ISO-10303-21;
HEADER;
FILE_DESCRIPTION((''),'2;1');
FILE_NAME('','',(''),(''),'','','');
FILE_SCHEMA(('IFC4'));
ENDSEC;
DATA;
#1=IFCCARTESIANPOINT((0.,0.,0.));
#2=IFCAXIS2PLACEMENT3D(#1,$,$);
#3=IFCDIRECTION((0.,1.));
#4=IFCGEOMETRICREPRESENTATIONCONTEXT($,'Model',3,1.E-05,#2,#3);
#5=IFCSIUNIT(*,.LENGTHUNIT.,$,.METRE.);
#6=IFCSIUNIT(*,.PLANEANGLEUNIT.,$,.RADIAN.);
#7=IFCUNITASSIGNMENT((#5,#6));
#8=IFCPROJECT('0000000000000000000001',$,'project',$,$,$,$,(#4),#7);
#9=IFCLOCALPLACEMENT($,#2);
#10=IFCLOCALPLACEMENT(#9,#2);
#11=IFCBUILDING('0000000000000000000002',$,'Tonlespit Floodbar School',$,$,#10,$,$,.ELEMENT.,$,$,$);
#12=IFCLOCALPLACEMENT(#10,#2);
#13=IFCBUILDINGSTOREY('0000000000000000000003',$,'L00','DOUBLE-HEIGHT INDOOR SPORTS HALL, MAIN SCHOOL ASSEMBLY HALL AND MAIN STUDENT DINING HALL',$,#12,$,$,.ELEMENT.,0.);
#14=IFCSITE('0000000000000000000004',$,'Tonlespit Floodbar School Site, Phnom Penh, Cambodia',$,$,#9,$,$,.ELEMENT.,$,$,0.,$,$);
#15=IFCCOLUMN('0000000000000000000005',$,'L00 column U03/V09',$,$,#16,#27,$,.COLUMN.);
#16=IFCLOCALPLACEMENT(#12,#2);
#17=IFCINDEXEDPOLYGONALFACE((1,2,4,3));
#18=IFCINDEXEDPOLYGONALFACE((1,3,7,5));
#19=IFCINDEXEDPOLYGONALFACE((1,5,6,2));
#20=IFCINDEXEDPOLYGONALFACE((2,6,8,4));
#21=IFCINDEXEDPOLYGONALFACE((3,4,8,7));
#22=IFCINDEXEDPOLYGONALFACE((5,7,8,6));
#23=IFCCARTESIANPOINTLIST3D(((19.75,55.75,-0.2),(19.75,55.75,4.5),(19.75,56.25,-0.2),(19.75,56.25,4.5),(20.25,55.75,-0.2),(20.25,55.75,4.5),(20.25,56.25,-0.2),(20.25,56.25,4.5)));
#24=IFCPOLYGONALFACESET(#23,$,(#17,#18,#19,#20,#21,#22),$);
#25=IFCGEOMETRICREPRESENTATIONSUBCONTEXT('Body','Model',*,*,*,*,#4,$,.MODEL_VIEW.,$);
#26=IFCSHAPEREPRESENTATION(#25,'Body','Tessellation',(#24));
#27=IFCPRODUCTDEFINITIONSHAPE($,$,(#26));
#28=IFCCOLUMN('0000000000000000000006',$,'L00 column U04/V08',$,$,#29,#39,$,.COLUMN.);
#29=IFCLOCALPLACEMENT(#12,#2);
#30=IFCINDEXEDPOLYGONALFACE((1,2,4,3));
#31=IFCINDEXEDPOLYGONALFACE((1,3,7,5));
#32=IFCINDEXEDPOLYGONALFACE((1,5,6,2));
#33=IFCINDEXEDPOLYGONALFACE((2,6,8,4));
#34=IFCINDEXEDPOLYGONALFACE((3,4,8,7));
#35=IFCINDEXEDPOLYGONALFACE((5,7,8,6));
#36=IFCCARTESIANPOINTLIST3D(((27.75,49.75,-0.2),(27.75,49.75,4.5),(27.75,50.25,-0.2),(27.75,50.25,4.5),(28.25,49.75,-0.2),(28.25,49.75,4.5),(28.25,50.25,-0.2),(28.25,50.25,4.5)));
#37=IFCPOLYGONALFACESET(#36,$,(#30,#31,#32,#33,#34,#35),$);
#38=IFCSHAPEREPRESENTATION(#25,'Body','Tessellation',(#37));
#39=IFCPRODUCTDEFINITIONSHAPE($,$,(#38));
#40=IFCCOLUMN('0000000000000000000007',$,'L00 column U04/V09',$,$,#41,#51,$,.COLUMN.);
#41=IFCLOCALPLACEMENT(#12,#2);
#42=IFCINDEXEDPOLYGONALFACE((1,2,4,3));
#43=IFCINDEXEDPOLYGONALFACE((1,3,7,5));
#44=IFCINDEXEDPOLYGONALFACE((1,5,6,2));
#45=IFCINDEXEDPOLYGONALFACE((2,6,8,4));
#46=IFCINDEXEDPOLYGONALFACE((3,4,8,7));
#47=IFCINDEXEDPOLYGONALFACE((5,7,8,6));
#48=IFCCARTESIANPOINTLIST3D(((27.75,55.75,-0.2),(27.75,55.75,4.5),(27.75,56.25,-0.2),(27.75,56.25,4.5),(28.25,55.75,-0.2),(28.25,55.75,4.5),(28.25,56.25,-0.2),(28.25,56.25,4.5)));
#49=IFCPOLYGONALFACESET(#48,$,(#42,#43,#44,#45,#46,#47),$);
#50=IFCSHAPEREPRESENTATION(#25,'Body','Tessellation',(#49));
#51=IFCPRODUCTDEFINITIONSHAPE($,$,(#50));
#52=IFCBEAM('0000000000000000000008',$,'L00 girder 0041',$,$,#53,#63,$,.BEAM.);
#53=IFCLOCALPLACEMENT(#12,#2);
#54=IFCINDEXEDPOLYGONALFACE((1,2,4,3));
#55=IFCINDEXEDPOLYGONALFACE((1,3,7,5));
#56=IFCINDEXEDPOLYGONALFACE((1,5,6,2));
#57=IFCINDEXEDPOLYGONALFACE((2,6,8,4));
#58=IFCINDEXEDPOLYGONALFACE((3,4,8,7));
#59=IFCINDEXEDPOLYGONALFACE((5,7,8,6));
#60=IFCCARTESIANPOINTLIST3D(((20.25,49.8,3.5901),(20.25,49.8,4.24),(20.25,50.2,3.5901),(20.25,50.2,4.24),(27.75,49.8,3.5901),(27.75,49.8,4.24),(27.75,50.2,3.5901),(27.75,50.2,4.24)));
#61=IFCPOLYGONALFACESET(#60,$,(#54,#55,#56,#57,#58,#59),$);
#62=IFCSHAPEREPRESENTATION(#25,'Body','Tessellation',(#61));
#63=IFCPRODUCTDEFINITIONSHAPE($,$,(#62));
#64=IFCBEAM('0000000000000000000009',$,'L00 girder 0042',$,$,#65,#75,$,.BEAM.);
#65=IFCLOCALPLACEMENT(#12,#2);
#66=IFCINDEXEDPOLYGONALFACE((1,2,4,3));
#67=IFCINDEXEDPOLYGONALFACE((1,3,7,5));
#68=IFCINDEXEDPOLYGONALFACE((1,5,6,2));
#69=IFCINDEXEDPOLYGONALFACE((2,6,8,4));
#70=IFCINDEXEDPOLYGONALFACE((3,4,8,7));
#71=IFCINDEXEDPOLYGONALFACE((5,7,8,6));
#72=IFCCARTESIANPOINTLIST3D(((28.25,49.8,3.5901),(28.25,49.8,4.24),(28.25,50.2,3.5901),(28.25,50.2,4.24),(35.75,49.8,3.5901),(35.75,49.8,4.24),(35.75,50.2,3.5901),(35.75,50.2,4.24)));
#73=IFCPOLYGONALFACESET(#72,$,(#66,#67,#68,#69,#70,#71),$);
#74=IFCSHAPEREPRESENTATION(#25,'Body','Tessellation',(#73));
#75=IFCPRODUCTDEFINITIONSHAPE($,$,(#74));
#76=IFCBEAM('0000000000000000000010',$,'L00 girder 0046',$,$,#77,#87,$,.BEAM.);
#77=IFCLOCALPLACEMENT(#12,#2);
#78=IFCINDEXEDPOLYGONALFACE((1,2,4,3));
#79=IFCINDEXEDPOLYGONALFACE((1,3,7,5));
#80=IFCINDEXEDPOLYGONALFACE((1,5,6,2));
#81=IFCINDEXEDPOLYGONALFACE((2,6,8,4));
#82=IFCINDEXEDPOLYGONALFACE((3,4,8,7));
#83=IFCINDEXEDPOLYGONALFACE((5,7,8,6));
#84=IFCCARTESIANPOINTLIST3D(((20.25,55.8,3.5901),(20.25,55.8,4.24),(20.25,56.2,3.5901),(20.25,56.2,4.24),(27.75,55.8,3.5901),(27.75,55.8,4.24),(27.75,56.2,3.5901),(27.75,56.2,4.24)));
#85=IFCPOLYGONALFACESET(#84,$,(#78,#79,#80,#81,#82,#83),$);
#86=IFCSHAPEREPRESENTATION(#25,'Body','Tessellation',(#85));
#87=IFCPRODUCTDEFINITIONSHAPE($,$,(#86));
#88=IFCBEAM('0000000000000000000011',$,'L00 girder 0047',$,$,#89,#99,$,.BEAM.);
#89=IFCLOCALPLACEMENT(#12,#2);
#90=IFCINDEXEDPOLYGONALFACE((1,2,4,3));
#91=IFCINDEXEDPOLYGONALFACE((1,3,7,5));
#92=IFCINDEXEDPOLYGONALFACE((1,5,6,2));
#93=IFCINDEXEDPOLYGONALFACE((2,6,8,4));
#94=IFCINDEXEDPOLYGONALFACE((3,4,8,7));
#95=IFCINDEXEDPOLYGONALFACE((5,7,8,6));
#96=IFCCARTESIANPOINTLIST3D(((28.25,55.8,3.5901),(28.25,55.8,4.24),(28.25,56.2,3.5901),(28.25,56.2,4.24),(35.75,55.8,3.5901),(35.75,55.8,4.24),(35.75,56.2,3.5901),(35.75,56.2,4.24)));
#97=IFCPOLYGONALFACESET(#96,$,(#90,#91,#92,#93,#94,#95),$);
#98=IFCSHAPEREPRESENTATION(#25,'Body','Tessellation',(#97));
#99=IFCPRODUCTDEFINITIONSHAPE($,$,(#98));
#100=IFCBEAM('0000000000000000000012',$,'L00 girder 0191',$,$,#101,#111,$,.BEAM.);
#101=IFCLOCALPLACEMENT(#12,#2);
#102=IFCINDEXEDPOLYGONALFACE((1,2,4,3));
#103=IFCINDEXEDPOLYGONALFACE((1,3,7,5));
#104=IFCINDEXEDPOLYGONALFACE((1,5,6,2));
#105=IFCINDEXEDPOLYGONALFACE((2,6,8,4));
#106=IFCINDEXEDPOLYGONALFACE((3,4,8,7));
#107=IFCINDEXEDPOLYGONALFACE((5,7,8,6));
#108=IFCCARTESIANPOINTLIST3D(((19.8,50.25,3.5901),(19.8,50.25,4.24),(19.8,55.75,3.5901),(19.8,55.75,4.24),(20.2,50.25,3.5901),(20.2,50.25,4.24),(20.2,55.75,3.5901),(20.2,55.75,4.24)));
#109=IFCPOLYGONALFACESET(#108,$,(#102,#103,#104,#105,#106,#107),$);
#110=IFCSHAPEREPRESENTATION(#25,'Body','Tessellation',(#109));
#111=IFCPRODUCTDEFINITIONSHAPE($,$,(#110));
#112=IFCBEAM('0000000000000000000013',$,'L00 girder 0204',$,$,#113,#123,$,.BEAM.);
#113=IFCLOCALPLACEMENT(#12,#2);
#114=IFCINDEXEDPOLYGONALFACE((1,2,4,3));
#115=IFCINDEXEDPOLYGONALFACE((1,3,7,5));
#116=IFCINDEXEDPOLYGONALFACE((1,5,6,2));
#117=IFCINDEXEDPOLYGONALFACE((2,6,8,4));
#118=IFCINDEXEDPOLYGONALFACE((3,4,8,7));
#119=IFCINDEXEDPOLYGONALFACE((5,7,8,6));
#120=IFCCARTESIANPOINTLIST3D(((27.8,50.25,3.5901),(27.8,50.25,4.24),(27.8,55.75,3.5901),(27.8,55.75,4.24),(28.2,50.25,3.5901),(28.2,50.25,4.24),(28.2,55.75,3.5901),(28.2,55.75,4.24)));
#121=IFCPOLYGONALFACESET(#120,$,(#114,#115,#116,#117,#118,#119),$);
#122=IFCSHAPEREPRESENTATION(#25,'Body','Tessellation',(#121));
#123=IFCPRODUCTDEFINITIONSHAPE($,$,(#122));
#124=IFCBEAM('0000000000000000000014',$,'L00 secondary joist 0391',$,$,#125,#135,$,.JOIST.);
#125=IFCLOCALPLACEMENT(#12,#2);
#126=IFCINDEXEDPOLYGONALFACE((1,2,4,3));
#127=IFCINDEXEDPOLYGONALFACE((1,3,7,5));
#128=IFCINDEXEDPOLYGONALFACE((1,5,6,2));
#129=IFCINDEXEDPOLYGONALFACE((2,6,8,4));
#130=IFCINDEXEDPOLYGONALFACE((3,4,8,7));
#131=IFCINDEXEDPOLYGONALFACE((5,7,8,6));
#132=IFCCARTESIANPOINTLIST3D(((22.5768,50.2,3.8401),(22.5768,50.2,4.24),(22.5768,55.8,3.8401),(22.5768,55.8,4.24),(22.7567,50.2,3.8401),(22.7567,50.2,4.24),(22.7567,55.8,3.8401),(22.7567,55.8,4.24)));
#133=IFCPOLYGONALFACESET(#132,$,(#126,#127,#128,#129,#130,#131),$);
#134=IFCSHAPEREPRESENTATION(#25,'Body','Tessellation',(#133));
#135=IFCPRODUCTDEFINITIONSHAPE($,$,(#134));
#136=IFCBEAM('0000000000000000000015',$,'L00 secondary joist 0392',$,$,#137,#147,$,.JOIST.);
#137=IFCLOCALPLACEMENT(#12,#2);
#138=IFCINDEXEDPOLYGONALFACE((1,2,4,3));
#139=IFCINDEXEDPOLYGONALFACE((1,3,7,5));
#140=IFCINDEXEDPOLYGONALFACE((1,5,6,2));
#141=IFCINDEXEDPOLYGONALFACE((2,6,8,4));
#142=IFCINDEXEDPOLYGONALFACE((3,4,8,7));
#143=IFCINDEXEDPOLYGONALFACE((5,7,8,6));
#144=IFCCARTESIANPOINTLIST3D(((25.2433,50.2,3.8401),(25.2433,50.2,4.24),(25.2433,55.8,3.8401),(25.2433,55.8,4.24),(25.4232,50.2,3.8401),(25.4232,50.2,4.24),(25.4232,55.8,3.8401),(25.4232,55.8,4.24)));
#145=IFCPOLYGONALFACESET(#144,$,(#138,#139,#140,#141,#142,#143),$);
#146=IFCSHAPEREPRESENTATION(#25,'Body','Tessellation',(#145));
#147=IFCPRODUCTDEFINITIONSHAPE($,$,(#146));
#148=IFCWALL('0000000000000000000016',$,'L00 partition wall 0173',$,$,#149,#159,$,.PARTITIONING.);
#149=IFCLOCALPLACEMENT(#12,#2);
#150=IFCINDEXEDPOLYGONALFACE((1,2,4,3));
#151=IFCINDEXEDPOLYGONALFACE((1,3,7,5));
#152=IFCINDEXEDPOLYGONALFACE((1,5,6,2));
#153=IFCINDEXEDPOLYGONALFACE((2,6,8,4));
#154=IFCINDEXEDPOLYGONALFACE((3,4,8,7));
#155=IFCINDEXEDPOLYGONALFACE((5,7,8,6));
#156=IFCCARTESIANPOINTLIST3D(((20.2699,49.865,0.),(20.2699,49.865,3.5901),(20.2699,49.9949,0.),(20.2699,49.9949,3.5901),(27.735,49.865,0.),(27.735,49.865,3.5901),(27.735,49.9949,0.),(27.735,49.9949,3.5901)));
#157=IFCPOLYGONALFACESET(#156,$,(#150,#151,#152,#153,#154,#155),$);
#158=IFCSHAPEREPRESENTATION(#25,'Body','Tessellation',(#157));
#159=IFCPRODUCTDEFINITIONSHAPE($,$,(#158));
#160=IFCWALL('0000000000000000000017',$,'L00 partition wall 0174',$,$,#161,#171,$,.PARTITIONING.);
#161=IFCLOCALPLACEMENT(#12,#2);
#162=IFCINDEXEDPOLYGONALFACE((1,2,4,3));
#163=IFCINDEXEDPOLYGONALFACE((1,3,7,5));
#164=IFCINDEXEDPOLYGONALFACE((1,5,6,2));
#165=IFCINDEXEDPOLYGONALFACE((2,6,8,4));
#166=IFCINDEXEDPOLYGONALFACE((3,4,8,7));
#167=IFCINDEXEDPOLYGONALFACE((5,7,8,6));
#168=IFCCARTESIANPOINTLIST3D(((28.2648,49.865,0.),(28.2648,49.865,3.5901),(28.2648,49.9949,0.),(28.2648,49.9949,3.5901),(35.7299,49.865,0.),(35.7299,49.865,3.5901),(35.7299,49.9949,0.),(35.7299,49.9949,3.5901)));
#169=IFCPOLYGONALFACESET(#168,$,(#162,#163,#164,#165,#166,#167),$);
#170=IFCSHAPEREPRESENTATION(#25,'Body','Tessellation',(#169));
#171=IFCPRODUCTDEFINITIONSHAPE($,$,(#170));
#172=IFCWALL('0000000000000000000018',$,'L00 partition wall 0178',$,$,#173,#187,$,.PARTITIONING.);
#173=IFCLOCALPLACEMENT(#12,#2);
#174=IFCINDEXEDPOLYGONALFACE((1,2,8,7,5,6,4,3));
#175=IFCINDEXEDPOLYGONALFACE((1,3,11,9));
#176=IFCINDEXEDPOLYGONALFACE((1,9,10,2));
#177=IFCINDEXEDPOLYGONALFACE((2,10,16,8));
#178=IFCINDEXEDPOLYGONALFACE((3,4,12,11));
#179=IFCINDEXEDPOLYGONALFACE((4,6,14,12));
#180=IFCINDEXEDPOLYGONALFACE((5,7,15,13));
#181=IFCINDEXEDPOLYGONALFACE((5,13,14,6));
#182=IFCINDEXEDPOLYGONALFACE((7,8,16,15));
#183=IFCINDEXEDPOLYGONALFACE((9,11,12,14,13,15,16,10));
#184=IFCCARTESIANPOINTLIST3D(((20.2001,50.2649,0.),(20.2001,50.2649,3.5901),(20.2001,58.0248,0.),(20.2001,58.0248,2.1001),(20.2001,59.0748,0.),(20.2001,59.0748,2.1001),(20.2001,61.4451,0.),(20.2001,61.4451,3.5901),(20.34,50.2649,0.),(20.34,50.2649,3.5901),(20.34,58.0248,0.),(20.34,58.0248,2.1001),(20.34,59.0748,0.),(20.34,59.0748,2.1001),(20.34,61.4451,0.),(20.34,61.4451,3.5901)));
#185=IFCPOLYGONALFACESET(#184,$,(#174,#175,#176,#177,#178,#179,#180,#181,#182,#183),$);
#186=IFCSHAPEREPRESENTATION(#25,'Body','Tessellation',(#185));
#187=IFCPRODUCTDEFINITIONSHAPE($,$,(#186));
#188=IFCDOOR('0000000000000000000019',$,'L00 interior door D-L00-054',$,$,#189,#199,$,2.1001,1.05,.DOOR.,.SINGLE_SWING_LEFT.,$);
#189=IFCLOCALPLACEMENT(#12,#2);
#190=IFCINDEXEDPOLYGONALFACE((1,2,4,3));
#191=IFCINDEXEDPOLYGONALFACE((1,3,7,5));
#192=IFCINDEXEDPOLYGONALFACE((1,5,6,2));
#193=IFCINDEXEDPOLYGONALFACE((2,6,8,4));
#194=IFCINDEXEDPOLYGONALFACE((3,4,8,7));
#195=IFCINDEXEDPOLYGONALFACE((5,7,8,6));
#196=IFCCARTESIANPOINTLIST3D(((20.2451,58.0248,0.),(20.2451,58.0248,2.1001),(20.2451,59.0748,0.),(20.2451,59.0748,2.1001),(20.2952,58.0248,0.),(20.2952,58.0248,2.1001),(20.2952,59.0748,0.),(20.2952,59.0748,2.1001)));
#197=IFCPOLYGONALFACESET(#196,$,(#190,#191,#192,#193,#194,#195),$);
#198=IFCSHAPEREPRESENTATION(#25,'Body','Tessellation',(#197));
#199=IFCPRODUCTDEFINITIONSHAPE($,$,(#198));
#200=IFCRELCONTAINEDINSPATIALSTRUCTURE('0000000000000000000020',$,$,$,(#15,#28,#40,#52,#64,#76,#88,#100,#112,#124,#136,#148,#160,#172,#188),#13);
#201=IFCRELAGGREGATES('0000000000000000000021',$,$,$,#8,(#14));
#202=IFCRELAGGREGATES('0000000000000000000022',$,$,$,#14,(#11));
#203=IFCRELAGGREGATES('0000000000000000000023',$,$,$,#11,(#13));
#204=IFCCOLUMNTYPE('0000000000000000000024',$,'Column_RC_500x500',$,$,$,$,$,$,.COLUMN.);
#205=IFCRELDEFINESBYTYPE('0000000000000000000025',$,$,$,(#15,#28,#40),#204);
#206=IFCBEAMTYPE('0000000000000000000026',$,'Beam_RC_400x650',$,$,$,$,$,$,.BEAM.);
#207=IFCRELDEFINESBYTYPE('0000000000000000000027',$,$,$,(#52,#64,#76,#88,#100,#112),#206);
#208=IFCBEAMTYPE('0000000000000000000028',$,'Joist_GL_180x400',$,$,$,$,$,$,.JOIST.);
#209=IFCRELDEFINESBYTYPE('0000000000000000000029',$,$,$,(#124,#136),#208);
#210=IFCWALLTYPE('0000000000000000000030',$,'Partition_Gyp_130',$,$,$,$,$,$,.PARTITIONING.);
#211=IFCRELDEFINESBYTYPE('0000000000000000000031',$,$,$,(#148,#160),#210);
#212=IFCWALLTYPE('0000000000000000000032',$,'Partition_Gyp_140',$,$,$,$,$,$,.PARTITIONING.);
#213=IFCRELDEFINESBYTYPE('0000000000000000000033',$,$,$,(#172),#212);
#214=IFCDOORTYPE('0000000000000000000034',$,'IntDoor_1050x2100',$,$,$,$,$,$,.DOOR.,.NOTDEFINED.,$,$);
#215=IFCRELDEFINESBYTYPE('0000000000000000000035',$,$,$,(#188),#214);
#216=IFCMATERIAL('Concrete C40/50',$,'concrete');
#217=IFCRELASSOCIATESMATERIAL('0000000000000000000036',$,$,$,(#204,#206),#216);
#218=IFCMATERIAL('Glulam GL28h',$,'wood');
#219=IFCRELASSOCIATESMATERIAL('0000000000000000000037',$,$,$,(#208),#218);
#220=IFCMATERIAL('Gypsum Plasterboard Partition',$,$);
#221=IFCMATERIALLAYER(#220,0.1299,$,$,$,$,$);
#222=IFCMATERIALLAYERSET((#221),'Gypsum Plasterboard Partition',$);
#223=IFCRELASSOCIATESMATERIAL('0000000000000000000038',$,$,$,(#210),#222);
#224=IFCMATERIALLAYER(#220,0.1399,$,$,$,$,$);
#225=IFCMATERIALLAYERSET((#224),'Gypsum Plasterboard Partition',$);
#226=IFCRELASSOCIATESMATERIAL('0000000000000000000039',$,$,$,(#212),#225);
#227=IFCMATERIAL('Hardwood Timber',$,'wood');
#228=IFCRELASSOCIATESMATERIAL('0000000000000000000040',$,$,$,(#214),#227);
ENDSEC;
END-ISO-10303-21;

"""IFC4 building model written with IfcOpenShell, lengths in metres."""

from ifc_helpers import new_model, si_unit, direction, frame, frame_2d, origin, origin_2d, place, context, subcontext, project, spatial, rectangle, extrude, material, layer, layer_set, material_profile, profile_set, type_object, element, fill, save


model = new_model("IFC4")

# Units and contexts
model_context = context("Model", 3, precision=1e-05, world=origin(), true_north=direction((0.0, 1.0)))
body_context = subcontext(model_context, "Body", "Model", "MODEL_VIEW")
ifc_project = project(units=[si_unit("LENGTHUNIT", "METRE"), si_unit("PLANEANGLEUNIT", "RADIAN")], contexts=[model_context])

# Site, building, storey
site_placement = place(None, origin())
site = spatial("IfcSite", under=ifc_project, at=site_placement, Name="Tonlespit Floodbar School Site, Phnom Penh, Cambodia", CompositionType="ELEMENT", RefElevation=0.0)
building_placement = place(site_placement, origin())
building = spatial("IfcBuilding", under=site, at=building_placement, Name="Tonlespit Floodbar School", CompositionType="ELEMENT")
storey_placement = place(building_placement, origin())
storey = spatial("IfcBuildingStorey", under=building, at=storey_placement, Name="L00", Description="DOUBLE-HEIGHT INDOOR SPORTS HALL, MAIN SCHOOL ASSEMBLY HALL AND MAIN STUDENT DINING HALL", CompositionType="ELEMENT", Elevation=0.0)

# Shared definitions
ifc_material_1 = material(Name="Concrete C40/50", Category="concrete")

# Columns
ifc_material_profile_1 = material_profile(ifc_material_1, rectangle(XDim=0.5, YDim=0.5, at=origin_2d()), Name="RC 500x500")
ifc_profile_set_1 = profile_set([ifc_material_profile_1], Name="Concrete C40/50")
column_type = type_object("IfcColumnType", Name="Column_RC_500x500", PredefinedType="COLUMN", material=ifc_profile_set_1)
for number, where, z_axis, x_axis, name in (
    (1, (20.0, 56.0, -0.2), (0.0, 0.0, 1.0), (1.0, 0.0, 0.0), "L00 column U03/V09"),
    (2, (28.0, 50.0, -0.2), (0.0, 0.0, 1.0), (1.0, 0.0, 0.0), "L00 column U04/V08"),
    (3, (28.0, 56.0, -0.2), (0.0, 0.0, 1.0), (1.0, 0.0, 0.0), "L00 column U04/V09"),
):
    element("IfcColumn", number, at=place(storey_placement, frame(where, z_axis=z_axis, x_axis=x_axis)), inside=storey, type_object=column_type, Name=name, PredefinedType="COLUMN", context=body_context, shape_type="SweptSolid", body=[
        extrude(rectangle(XDim=0.5, YDim=0.5, at=origin_2d()), origin(), (0.0, 0.0, 1.0), 4.7),
    ])

# Beams
ifc_material_profile_2 = material_profile(ifc_material_1, rectangle(XDim=0.3999, YDim=0.6499, at=origin_2d()), Name="RC 400x650")
ifc_profile_set_2 = profile_set([ifc_material_profile_2], Name="Concrete C40/50")
beam_type_1 = type_object("IfcBeamType", Name="Beam_RC_400x650", PredefinedType="BEAM", material=ifc_profile_set_2)
for number, where, z_axis, x_axis, name in (
    (4, (20.25, 50.0, 3.915), (1.0, 0.0, 0.0), (0.0, 1.0, 0.0), "L00 girder 0041"),
    (5, (28.25, 50.0, 3.915), (1.0, 0.0, 0.0), (0.0, 1.0, 0.0), "L00 girder 0042"),
    (6, (20.25, 56.0, 3.915), (1.0, 0.0, 0.0), (0.0, 1.0, 0.0), "L00 girder 0046"),
    (7, (28.25, 56.0, 3.915), (1.0, 0.0, 0.0), (0.0, 1.0, 0.0), "L00 girder 0047"),
):
    element("IfcBeam", number, at=place(storey_placement, frame(where, z_axis=z_axis, x_axis=x_axis)), inside=storey, type_object=beam_type_1, Name=name, PredefinedType="BEAM", context=body_context, shape_type="SweptSolid", body=[
        extrude(rectangle(XDim=0.3999, YDim=0.6499, at=origin_2d()), origin(), (0.0, 0.0, 1.0), 7.5),
    ])
for number, where, z_axis, x_axis, name in (
    (8, (20.0, 50.25, 3.915), (0.0, 1.0, 0.0), (-1.0, 0.0, 0.0), "L00 girder 0191"),
    (9, (28.0, 50.25, 3.915), (0.0, 1.0, 0.0), (-1.0, 0.0, 0.0), "L00 girder 0204"),
):
    element("IfcBeam", number, at=place(storey_placement, frame(where, z_axis=z_axis, x_axis=x_axis)), inside=storey, type_object=beam_type_1, Name=name, PredefinedType="BEAM", context=body_context, shape_type="SweptSolid", body=[
        extrude(rectangle(XDim=0.3999, YDim=0.6499, at=origin_2d()), origin(), (0.0, 0.0, 1.0), 5.5),
    ])
ifc_material_2 = material(Name="Glulam GL28h", Category="wood")
ifc_material_profile_3 = material_profile(ifc_material_2, rectangle(XDim=0.1799, YDim=0.3999, at=origin_2d()), Name="GL 180x400")
ifc_profile_set_3 = profile_set([ifc_material_profile_3], Name="Glulam GL28h")
beam_type_2 = type_object("IfcBeamType", Name="Joist_GL_180x400", PredefinedType="JOIST", material=ifc_profile_set_3)
for number, where, z_axis, x_axis, name in (
    (10, (22.6667, 50.2, 4.04), (0.0, 1.0, 0.0), (-1.0, 0.0, 0.0), "L00 secondary joist 0391"),
    (11, (25.3333, 50.2, 4.04), (0.0, 1.0, 0.0), (-1.0, 0.0, 0.0), "L00 secondary joist 0392"),
):
    element("IfcBeam", number, at=place(storey_placement, frame(where, z_axis=z_axis, x_axis=x_axis)), inside=storey, type_object=beam_type_2, Name=name, PredefinedType="JOIST", context=body_context, shape_type="SweptSolid", body=[
        extrude(rectangle(XDim=0.1799, YDim=0.3999, at=origin_2d()), origin(), (0.0, 0.0, 1.0), 5.6001),
    ])

# Walls
ifc_material_3 = material(Name="Gypsum Plasterboard Partition")
ifc_layer_1 = layer(ifc_material_3, 0.1299)
ifc_layer_set_1 = layer_set([ifc_layer_1], Name="Gypsum Plasterboard Partition")
wall_type_1 = type_object("IfcWallType", Name="Partition_Gyp_130", PredefinedType="PARTITIONING", material=ifc_layer_set_1)
for number, where, z_axis, x_axis, name in (
    (12, (20.27, 49.9299, 0.0), (0.0, 0.0, 1.0), (1.0, 0.0, 0.0), "L00 partition wall 0173"),
    (13, (28.2649, 49.9299, 0.0), (0.0, 0.0, 1.0), (1.0, 0.0, 0.0), "L00 partition wall 0174"),
):
    element("IfcWall", number, at=place(storey_placement, frame(where, z_axis=z_axis, x_axis=x_axis)), inside=storey, type_object=wall_type_1, Name=name, PredefinedType="PARTITIONING", context=body_context, shape_type="SweptSolid", body=[
        extrude(rectangle(XDim=7.4651, YDim=0.1299, at=frame_2d((3.7324, 0.0))), origin(), (0.0, 0.0, 1.0), 3.5901),
    ])

# Wall, opening, door
ifc_layer_2 = layer(ifc_material_3, 0.1399)
ifc_layer_set_2 = layer_set([ifc_layer_2], Name="Gypsum Plasterboard Partition")
wall_type_2 = type_object("IfcWallType", Name="Partition_Gyp_140", PredefinedType="PARTITIONING", material=ifc_layer_set_2)
wall_placement = place(storey_placement, frame((20.27, 50.2649, 0.0), z_axis=(0.0, 0.0, 1.0), x_axis=(0.0, 1.0, 0.0)))
wall = element("IfcWall", 14, at=wall_placement, inside=storey, type_object=wall_type_2, Name="L00 partition wall 0178", PredefinedType="PARTITIONING", context=body_context, shape_type="SweptSolid", body=[
    extrude(rectangle(XDim=11.1802, YDim=0.1399, at=frame_2d((5.5901, 0.0))), origin(), (0.0, 0.0, 1.0), 3.5901),
])
opening_placement = place(wall_placement, frame((7.76, 0.0, 0.0)))
opening = element("IfcOpeningElement", 15, at=opening_placement, cuts=wall, PredefinedType="OPENING", context=body_context, shape_type="SweptSolid", body=[
    extrude(rectangle(XDim=1.05, YDim=2.1001, at=frame_2d((0.5249, 1.05))), frame((0.0, 0.0798, 0.0), z_axis=(0.0, -1.0, 0.0), x_axis=(1.0, 0.0, 0.0)), (0.0, 0.0, 1.0), 0.1599),
])
ifc_material_4 = material(Name="Hardwood Timber", Category="wood")
door_type = type_object("IfcDoorType", Name="IntDoor_1050x2100", OperationType="NOTDEFINED", PredefinedType="DOOR", material=ifc_material_4)
door_placement = place(opening_placement, origin())
door = element("IfcDoor", 16, at=door_placement, inside=storey, type_object=door_type, Name="L00 interior door D-L00-054", OperationType="SINGLE_SWING_LEFT", OverallHeight=2.1001, OverallWidth=1.05, PredefinedType="DOOR", context=body_context, shape_type="SweptSolid", body=[
    extrude(rectangle(XDim=1.05, YDim=2.1001, at=frame_2d((0.5249, 1.05))), frame((0.0, 0.0249, 0.0), z_axis=(0.0, -1.0, 0.0), x_axis=(1.0, 0.0, 0.0)), (0.0, 0.0, 1.0), 0.05),
])
fill(opening, door)

save(model, "model.ifc")
